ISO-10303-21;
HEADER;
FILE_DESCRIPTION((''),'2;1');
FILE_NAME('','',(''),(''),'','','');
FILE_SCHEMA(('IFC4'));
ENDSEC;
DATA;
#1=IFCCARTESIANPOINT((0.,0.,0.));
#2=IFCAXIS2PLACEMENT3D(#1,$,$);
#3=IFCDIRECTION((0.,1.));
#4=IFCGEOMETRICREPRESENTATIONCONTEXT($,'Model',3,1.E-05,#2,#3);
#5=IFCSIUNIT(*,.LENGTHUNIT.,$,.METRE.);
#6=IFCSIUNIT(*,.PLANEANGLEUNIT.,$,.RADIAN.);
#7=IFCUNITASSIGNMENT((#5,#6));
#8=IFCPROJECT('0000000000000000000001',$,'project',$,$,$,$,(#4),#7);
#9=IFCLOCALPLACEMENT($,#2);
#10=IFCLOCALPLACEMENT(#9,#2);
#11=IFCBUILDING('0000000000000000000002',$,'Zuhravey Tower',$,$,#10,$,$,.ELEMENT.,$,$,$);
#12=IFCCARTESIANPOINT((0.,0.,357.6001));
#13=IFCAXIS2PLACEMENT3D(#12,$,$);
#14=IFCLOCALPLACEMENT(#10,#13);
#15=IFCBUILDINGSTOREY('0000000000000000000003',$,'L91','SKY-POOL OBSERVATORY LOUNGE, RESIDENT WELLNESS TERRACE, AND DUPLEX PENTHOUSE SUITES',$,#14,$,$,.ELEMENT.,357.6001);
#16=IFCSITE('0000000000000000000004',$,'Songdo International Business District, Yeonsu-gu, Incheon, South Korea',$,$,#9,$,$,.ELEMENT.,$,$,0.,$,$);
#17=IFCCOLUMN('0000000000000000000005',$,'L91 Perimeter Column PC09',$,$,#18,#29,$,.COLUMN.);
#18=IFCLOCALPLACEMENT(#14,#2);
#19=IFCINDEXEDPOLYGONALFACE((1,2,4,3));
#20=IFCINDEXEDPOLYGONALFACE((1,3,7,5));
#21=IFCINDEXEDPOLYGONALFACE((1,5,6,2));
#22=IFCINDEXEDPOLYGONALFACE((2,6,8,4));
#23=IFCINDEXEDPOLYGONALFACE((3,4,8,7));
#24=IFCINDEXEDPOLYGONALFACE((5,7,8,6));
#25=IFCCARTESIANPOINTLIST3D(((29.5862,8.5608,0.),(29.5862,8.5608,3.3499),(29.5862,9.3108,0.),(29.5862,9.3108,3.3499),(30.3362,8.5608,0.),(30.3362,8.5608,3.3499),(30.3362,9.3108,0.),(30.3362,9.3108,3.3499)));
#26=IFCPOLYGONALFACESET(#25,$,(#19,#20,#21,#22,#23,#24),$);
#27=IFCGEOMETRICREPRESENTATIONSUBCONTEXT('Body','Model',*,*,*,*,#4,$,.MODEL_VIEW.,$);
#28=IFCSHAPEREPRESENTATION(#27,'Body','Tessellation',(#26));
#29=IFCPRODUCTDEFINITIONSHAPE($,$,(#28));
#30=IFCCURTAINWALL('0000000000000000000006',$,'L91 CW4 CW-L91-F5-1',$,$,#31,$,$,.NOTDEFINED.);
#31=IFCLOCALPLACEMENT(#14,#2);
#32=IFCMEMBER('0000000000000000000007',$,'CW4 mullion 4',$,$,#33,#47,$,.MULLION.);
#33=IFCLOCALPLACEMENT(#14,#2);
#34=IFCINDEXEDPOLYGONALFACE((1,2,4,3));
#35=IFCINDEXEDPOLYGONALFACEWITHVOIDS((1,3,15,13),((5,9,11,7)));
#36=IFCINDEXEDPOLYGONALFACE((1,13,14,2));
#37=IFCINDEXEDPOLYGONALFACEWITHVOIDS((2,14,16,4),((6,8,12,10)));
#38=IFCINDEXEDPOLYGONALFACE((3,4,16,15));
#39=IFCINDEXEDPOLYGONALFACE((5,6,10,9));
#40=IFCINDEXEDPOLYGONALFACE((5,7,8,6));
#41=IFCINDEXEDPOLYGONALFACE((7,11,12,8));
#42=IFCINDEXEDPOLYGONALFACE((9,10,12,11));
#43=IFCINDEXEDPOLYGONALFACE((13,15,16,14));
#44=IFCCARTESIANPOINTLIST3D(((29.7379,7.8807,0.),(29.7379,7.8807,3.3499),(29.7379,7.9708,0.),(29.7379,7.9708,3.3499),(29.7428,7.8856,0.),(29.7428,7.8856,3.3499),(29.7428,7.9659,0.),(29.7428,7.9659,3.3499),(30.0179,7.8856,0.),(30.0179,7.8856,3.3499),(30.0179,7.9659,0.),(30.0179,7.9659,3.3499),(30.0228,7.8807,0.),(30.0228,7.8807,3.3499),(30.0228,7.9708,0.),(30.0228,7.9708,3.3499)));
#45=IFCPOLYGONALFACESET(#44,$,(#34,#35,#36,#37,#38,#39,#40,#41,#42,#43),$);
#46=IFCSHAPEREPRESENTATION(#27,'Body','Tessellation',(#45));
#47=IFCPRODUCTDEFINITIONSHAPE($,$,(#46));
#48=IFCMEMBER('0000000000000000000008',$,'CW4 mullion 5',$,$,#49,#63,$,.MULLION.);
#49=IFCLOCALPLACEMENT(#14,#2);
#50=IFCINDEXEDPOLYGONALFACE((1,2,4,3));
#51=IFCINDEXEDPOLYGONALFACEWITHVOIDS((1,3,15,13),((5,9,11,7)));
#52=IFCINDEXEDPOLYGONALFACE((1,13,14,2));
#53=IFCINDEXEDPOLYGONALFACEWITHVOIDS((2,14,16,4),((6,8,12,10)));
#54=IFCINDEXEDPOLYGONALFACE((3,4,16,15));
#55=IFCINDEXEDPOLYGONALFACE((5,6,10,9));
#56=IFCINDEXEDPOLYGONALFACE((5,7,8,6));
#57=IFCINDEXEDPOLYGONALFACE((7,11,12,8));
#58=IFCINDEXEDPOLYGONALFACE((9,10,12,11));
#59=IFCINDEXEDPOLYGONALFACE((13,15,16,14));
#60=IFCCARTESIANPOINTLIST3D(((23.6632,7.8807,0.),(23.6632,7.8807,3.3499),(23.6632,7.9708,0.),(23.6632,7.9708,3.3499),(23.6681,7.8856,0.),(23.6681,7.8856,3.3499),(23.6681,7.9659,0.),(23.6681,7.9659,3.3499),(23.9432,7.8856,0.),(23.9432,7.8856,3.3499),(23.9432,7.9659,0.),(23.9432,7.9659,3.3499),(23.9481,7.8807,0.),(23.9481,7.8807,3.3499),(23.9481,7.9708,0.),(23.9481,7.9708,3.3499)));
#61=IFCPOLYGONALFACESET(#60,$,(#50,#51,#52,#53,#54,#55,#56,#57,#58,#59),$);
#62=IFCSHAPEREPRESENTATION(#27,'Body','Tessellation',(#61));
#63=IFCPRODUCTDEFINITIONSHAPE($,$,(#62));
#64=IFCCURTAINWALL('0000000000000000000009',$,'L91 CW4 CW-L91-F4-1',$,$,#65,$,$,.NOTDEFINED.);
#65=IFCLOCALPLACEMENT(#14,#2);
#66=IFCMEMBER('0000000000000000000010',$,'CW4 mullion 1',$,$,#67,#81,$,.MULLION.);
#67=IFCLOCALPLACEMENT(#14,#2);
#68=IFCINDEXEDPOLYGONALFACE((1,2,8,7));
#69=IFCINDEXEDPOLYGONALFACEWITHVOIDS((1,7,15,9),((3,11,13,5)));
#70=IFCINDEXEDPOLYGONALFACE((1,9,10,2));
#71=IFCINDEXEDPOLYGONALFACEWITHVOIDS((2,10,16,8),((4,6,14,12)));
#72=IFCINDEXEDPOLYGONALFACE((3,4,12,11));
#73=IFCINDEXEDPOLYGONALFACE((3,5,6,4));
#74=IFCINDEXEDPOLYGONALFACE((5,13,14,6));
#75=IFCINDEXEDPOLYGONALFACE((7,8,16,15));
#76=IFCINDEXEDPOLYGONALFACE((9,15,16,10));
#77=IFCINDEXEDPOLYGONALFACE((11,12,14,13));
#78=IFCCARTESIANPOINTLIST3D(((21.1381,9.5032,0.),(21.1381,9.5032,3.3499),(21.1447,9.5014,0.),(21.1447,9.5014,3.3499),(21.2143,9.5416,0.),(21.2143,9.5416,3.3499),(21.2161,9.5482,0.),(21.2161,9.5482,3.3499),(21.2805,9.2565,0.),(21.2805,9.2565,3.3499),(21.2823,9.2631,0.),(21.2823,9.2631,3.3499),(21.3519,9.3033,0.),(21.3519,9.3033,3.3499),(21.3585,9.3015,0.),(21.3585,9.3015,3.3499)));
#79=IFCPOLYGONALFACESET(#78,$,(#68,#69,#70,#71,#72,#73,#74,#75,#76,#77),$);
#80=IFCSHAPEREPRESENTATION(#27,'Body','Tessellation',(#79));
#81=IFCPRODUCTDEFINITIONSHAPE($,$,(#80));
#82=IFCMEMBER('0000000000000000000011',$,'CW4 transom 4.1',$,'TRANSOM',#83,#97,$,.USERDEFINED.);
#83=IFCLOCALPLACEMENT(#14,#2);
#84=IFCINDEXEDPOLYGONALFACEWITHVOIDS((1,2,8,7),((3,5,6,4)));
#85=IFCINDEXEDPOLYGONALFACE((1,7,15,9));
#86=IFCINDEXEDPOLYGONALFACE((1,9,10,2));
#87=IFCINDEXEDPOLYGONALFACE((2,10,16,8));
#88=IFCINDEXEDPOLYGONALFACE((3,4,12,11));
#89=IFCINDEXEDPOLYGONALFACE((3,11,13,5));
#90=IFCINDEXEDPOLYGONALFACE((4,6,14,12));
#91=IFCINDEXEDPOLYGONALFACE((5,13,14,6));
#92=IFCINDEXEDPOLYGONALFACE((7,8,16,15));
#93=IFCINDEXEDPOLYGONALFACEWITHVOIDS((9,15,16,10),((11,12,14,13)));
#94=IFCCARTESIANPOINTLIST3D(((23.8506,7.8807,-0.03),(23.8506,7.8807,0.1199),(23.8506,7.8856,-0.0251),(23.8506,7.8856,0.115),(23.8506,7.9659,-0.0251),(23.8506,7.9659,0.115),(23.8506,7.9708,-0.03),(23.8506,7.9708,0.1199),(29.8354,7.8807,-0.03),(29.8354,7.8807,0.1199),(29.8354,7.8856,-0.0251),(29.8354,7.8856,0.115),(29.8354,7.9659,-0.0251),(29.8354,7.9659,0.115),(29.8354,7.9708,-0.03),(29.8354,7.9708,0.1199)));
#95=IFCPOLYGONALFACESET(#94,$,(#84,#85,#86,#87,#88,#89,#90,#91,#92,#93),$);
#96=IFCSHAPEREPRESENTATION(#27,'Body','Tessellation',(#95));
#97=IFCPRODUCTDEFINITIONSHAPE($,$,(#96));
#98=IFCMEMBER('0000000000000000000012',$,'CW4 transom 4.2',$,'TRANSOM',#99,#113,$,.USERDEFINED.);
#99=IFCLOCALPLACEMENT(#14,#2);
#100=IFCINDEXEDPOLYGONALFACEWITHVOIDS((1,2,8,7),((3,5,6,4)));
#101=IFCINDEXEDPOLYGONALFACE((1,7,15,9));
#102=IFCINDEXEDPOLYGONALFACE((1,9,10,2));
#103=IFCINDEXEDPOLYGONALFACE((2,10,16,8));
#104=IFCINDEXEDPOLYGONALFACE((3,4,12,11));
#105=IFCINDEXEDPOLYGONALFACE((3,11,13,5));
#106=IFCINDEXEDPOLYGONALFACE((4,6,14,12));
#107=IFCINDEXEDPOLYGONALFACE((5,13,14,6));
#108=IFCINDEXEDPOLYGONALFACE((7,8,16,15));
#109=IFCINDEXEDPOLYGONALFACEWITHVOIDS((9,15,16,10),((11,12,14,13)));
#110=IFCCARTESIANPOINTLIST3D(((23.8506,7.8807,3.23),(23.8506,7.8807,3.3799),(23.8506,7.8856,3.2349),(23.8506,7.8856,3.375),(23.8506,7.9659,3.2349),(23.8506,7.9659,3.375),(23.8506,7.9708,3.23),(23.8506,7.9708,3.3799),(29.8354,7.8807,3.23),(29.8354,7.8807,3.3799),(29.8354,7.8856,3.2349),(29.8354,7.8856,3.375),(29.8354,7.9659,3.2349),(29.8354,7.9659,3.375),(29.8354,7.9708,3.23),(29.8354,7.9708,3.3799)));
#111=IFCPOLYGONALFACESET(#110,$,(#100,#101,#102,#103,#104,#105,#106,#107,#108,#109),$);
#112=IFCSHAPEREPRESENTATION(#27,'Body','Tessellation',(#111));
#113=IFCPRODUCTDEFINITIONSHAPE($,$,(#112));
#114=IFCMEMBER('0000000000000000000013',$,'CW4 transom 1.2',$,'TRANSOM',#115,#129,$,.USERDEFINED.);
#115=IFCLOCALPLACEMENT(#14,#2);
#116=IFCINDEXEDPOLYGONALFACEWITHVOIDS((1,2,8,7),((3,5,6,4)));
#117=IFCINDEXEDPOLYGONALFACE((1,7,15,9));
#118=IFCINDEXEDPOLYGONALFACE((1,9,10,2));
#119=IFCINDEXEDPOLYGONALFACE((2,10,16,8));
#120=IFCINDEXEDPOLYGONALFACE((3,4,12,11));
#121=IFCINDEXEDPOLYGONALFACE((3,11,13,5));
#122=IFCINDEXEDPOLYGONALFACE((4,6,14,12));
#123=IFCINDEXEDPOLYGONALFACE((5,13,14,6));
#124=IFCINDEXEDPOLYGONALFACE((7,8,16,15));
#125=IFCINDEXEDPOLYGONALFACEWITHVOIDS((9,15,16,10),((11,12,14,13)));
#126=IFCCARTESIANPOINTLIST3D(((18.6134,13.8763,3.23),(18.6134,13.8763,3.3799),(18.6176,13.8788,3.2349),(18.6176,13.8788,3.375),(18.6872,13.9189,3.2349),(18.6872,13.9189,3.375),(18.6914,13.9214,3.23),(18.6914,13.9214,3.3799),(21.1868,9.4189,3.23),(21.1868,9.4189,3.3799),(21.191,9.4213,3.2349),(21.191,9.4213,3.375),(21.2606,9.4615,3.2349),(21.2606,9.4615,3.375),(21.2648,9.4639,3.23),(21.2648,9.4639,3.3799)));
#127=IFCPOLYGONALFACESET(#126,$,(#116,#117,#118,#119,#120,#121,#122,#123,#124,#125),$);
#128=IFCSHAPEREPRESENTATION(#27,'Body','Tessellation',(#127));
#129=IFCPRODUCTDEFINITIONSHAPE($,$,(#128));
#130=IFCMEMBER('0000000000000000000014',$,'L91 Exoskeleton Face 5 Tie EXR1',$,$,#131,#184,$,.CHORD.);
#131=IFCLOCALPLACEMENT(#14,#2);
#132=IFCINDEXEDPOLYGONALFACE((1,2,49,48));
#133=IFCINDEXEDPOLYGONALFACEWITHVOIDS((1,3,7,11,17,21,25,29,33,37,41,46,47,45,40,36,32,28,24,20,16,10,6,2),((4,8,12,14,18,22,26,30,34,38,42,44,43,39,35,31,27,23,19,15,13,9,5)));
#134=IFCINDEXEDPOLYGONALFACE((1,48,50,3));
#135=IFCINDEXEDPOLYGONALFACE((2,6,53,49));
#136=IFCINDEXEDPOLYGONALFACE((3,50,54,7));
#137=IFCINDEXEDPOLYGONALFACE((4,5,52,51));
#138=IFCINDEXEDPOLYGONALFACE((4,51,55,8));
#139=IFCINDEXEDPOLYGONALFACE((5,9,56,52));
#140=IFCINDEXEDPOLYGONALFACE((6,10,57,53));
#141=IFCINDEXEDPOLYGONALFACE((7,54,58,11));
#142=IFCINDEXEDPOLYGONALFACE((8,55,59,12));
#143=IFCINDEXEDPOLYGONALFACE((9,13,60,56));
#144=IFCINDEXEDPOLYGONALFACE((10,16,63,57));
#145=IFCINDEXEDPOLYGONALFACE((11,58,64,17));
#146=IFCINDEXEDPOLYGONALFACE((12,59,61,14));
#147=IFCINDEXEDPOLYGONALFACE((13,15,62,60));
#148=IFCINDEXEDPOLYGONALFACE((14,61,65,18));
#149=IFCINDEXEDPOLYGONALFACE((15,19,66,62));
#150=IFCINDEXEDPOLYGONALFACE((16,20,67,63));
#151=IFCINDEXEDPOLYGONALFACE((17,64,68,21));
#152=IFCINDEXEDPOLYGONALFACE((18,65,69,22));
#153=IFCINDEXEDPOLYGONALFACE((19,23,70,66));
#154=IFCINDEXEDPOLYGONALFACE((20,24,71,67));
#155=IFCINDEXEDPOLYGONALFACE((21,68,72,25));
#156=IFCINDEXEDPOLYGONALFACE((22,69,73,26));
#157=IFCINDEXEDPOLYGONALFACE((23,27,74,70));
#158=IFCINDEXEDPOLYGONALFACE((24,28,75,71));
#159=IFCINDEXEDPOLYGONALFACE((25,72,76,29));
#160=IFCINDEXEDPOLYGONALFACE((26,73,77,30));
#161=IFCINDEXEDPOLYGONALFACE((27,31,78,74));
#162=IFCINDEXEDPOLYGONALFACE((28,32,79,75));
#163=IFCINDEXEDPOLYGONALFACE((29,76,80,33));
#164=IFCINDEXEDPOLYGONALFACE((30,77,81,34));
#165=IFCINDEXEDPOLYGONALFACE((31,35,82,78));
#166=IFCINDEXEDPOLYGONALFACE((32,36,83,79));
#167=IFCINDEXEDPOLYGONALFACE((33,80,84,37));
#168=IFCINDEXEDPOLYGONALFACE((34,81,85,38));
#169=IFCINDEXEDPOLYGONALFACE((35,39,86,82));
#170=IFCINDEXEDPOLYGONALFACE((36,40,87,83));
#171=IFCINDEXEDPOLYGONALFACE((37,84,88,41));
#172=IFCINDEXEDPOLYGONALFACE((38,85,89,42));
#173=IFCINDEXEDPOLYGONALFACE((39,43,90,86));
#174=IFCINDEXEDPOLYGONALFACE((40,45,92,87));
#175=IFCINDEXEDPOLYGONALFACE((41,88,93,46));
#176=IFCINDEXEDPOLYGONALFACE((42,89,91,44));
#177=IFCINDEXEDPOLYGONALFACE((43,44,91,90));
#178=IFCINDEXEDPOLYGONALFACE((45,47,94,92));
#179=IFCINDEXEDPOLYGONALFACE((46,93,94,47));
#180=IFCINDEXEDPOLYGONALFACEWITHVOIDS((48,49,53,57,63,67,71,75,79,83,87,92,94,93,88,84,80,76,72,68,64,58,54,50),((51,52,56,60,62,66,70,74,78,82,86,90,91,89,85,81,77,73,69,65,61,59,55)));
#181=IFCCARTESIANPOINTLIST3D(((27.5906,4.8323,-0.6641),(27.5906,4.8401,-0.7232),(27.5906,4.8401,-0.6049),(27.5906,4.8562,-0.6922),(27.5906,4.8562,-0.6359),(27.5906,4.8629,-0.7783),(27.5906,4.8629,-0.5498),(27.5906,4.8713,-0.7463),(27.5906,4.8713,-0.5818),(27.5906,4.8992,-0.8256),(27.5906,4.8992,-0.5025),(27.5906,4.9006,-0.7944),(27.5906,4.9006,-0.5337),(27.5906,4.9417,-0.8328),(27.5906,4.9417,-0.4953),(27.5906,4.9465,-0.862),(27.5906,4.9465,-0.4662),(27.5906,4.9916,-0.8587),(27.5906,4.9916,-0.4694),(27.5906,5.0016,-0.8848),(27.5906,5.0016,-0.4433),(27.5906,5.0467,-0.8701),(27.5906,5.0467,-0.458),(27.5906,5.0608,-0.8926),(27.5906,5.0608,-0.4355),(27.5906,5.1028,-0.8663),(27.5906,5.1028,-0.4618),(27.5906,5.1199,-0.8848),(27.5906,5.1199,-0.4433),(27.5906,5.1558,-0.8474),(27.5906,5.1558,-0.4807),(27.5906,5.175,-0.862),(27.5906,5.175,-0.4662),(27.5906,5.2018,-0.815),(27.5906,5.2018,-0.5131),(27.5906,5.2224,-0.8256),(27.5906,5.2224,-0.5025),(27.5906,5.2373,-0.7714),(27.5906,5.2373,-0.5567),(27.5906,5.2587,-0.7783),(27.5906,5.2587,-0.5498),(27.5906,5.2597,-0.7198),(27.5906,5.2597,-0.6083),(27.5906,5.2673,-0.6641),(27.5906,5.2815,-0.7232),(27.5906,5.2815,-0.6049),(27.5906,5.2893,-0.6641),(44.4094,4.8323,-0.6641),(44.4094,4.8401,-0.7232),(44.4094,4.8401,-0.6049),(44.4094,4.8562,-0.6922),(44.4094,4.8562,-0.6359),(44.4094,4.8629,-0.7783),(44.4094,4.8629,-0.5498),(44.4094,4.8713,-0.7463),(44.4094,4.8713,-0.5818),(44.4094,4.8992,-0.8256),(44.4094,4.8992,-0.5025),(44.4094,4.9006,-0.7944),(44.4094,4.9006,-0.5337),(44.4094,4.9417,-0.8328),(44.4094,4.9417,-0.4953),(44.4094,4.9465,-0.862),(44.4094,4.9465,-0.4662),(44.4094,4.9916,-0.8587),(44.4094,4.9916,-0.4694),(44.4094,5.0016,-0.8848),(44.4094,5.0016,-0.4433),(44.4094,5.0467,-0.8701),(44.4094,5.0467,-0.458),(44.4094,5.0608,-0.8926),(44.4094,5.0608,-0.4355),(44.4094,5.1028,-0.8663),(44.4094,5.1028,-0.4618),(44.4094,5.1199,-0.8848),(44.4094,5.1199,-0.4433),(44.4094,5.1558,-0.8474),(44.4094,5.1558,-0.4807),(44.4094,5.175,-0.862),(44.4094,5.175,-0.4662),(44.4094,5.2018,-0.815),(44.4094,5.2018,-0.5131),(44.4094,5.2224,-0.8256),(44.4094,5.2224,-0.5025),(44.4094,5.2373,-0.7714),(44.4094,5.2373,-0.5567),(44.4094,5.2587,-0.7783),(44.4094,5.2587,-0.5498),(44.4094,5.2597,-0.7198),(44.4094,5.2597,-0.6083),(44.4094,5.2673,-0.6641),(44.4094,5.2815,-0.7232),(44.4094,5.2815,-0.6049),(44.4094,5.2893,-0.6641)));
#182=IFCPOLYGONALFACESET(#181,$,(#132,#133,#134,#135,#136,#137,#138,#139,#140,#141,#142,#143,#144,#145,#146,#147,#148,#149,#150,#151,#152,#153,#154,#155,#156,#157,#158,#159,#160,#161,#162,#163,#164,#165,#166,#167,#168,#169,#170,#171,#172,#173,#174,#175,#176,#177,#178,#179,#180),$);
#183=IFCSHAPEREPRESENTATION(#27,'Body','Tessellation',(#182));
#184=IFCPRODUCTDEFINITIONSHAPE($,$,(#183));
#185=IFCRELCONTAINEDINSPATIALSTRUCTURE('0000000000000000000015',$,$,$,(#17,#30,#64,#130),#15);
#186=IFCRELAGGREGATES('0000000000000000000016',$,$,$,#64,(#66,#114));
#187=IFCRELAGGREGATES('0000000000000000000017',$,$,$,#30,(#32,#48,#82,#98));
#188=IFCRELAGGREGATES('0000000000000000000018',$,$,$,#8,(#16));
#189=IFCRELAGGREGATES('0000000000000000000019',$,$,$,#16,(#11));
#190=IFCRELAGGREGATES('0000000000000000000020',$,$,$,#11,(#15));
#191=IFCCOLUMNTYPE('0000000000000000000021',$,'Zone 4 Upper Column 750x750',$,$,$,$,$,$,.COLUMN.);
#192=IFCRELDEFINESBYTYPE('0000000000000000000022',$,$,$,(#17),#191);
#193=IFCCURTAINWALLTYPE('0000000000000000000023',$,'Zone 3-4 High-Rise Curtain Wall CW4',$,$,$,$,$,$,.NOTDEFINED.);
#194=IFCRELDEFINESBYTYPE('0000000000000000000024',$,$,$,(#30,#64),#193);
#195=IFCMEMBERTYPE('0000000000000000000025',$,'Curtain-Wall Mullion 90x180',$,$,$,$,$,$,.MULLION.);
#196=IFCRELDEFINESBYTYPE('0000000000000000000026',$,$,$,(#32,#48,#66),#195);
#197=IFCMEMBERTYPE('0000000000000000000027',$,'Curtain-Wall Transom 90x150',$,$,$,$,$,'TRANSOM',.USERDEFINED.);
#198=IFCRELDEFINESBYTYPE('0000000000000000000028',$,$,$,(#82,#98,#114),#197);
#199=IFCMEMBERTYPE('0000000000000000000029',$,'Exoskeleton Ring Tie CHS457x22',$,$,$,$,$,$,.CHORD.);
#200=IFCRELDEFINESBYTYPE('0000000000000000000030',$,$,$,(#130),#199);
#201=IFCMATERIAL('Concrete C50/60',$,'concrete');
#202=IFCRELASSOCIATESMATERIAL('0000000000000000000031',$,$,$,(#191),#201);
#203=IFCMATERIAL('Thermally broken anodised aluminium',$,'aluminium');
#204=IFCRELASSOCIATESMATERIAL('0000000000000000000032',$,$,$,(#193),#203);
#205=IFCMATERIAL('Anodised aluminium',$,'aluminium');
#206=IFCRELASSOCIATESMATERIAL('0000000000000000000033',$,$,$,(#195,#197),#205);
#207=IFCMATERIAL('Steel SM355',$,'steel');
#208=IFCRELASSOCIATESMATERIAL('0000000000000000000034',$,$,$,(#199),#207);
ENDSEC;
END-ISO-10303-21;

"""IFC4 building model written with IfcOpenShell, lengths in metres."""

from ifc_helpers import new_model, si_unit, direction, frame, origin, origin_2d, place, context, subcontext, project, spatial, rectangle, hollow_rectangle, hollow_circle, extrude, material, material_profile, profile_set, type_object, element, aggregate, save


model = new_model("IFC4")

# Units and contexts
model_context = context("Model", 3, precision=1e-05, world=origin(), true_north=direction((0.0, 1.0)))
body_context = subcontext(model_context, "Body", "Model", "MODEL_VIEW")
ifc_project = project(units=[si_unit("LENGTHUNIT", "METRE"), si_unit("PLANEANGLEUNIT", "RADIAN")], contexts=[model_context])

# Site, building, storey
site_placement = place(None, origin())
site = spatial("IfcSite", under=ifc_project, at=site_placement, Name="Songdo International Business District, Yeonsu-gu, Incheon, South Korea", CompositionType="ELEMENT", RefElevation=0.0)
building_placement = place(site_placement, origin())
building = spatial("IfcBuilding", under=site, at=building_placement, Name="Zuhravey Tower", CompositionType="ELEMENT")
storey_placement = place(building_placement, frame((0.0, 0.0, 357.6001)))
storey = spatial("IfcBuildingStorey", under=building, at=storey_placement, Name="L91", Description="SKY-POOL OBSERVATORY LOUNGE, RESIDENT WELLNESS TERRACE, AND DUPLEX PENTHOUSE SUITES", CompositionType="ELEMENT", Elevation=357.6001)

# Column
ifc_material_1 = material(Name="Concrete C50/60", Category="concrete")
ifc_material_profile_1 = material_profile(ifc_material_1, rectangle(XDim=0.75, YDim=0.75, at=origin_2d()), Name="RC-750x750")
ifc_profile_set_1 = profile_set([ifc_material_profile_1], Name="Concrete C50/60")
column_type = type_object("IfcColumnType", Name="Zone 4 Upper Column 750x750", PredefinedType="COLUMN", material=ifc_profile_set_1)
column_placement = place(storey_placement, frame((29.9612, 8.9358, 0.0), z_axis=(0.0, 0.0, 1.0), x_axis=(1.0, 0.0, 0.0)))
element("IfcColumn", 1, at=column_placement, inside=storey, type_object=column_type, Name="L91 Perimeter Column PC09", PredefinedType="COLUMN", context=body_context, shape_type="SweptSolid", body=[
    extrude(rectangle(XDim=0.75, YDim=0.75, at=origin_2d()), origin(), (0.0, 0.0, 1.0), 3.3499),
])

# Curtain wall, members
ifc_material_2 = material(Name="Thermally broken anodised aluminium", Category="aluminium")
curtain_wall_type = type_object("IfcCurtainWallType", Name="Zone 3-4 High-Rise Curtain Wall CW4", PredefinedType="NOTDEFINED", material=ifc_material_2)
curtain_wall_1_placement = place(storey_placement, origin())
curtain_wall_1 = element("IfcCurtainWall", 2, at=curtain_wall_1_placement, inside=storey, type_object=curtain_wall_type, Name="L91 CW4 CW-L91-F5-1", PredefinedType="NOTDEFINED")
ifc_material_3 = material(Name="Anodised aluminium", Category="aluminium")
ifc_material_profile_2 = material_profile(ifc_material_3, hollow_rectangle(XDim=0.0901, YDim=0.2849, WallThickness=0.0049, at=origin_2d()), Name="ALU-RHS-90x285x5")
ifc_profile_set_2 = profile_set([ifc_material_profile_2], Name="Anodised aluminium")
member_type_1 = type_object("IfcMemberType", Name="Curtain-Wall Mullion 90x180", PredefinedType="MULLION", material=ifc_profile_set_2)
member_1_placement = place(storey_placement, frame((29.8804, 7.9258, 0.0), z_axis=(0.0, 0.0, 1.0), x_axis=(0.0, -1.0, 0.0)))
member_1 = element("IfcMember", 3, at=member_1_placement, type_object=member_type_1, Name="CW4 mullion 4", PredefinedType="MULLION", context=body_context, shape_type="SweptSolid", body=[
    extrude(hollow_rectangle(XDim=0.0901, YDim=0.2849, WallThickness=0.0049, at=origin_2d()), origin(), (0.0, 0.0, 1.0), 3.3499),
])
member_2_placement = place(storey_placement, frame((23.8057, 7.9258, 0.0), z_axis=(0.0, 0.0, 1.0), x_axis=(0.0, -1.0, 0.0)))
member_2 = element("IfcMember", 4, at=member_2_placement, type_object=member_type_1, Name="CW4 mullion 5", PredefinedType="MULLION", context=body_context, shape_type="SweptSolid", body=[
    extrude(hollow_rectangle(XDim=0.0901, YDim=0.2849, WallThickness=0.0049, at=origin_2d()), origin(), (0.0, 0.0, 1.0), 3.3499),
])

# Curtain wall, member
curtain_wall_2_placement = place(storey_placement, origin())
curtain_wall_2 = element("IfcCurtainWall", 5, at=curtain_wall_2_placement, inside=storey, type_object=curtain_wall_type, Name="L91 CW4 CW-L91-F4-1", PredefinedType="NOTDEFINED")
member_3_placement = place(storey_placement, frame((21.2483, 9.4023, 0.0), z_axis=(0.0, 0.0, 1.0), x_axis=(-0.866029, -0.499994, 0.0)))
member_3 = element("IfcMember", 6, at=member_3_placement, type_object=member_type_1, Name="CW4 mullion 1", PredefinedType="MULLION", context=body_context, shape_type="SweptSolid", body=[
    extrude(hollow_rectangle(XDim=0.0901, YDim=0.2849, WallThickness=0.0049, at=origin_2d()), origin(), (0.0, 0.0, 1.0), 3.3499),
])

# Members
ifc_material_profile_3 = material_profile(ifc_material_3, hollow_rectangle(XDim=0.0901, YDim=0.1499, WallThickness=0.0049, at=origin_2d()), Name="ALU-RHS-90x150x5")
ifc_profile_set_3 = profile_set([ifc_material_profile_3], Name="Anodised aluminium")
member_type_2 = type_object("IfcMemberType", Name="Curtain-Wall Transom 90x150", ElementType="TRANSOM", PredefinedType="USERDEFINED", material=ifc_profile_set_3)
member_4_placement = place(storey_placement, frame((29.8354, 7.9258, 0.0449), z_axis=(-1.0, 0.0, 0.0), x_axis=(0.0, -1.0, 0.0)))
member_4 = element("IfcMember", 7, at=member_4_placement, type_object=member_type_2, Name="CW4 transom 4.1", ObjectType="TRANSOM", PredefinedType="USERDEFINED", context=body_context, shape_type="SweptSolid", body=[
    extrude(hollow_rectangle(XDim=0.0901, YDim=0.1499, WallThickness=0.0049, at=origin_2d()), origin(), (0.0, 0.0, 1.0), 5.9849),
])
member_5_placement = place(storey_placement, frame((29.8354, 7.9258, 3.3049), z_axis=(-1.0, 0.0, 0.0), x_axis=(0.0, -1.0, 0.0)))
member_5 = element("IfcMember", 8, at=member_5_placement, type_object=member_type_2, Name="CW4 transom 4.2", ObjectType="TRANSOM", PredefinedType="USERDEFINED", context=body_context, shape_type="SweptSolid", body=[
    extrude(hollow_rectangle(XDim=0.0901, YDim=0.1499, WallThickness=0.0049, at=origin_2d()), origin(), (0.0, 0.0, 1.0), 5.9849),
])
member_6_placement = place(storey_placement, frame((21.2258, 9.4414, 3.3049), z_axis=(-0.499991, 0.866031, 0.0), x_axis=(-0.866031, -0.499991, 0.0)))
member_6 = element("IfcMember", 9, at=member_6_placement, type_object=member_type_2, Name="CW4 transom 1.2", ObjectType="TRANSOM", PredefinedType="USERDEFINED", context=body_context, shape_type="SweptSolid", body=[
    extrude(hollow_rectangle(XDim=0.0901, YDim=0.1499, WallThickness=0.0049, at=origin_2d()), origin(), (0.0, 0.0, 1.0), 5.147),
])
aggregate(curtain_wall_2, [member_3, member_6])
ifc_material_4 = material(Name="Steel SM355", Category="steel")
ifc_material_profile_4 = material_profile(ifc_material_4, hollow_circle(Radius=0.2285, WallThickness=0.022, at=origin_2d()), Name="CHS-457.2x22")
ifc_profile_set_4 = profile_set([ifc_material_profile_4], Name="Steel SM355")
member_type_3 = type_object("IfcMemberType", Name="Exoskeleton Ring Tie CHS457x22", PredefinedType="CHORD", material=ifc_profile_set_4)
member_7_placement = place(storey_placement, frame((27.5906, 5.0608, -0.6641), z_axis=(1.0, 0.0, 0.0), x_axis=(0.0, 1.0, 0.0)))
element("IfcMember", 10, at=member_7_placement, inside=storey, type_object=member_type_3, Name="L91 Exoskeleton Face 5 Tie EXR1", PredefinedType="CHORD", context=body_context, shape_type="SweptSolid", body=[
    extrude(hollow_circle(Radius=0.2285, WallThickness=0.022, at=origin_2d()), origin(), (0.0, 0.0, 1.0), 16.8188),
])

aggregate(curtain_wall_1, [member_1, member_2, member_4, member_5])

save(model, "model.ifc")
